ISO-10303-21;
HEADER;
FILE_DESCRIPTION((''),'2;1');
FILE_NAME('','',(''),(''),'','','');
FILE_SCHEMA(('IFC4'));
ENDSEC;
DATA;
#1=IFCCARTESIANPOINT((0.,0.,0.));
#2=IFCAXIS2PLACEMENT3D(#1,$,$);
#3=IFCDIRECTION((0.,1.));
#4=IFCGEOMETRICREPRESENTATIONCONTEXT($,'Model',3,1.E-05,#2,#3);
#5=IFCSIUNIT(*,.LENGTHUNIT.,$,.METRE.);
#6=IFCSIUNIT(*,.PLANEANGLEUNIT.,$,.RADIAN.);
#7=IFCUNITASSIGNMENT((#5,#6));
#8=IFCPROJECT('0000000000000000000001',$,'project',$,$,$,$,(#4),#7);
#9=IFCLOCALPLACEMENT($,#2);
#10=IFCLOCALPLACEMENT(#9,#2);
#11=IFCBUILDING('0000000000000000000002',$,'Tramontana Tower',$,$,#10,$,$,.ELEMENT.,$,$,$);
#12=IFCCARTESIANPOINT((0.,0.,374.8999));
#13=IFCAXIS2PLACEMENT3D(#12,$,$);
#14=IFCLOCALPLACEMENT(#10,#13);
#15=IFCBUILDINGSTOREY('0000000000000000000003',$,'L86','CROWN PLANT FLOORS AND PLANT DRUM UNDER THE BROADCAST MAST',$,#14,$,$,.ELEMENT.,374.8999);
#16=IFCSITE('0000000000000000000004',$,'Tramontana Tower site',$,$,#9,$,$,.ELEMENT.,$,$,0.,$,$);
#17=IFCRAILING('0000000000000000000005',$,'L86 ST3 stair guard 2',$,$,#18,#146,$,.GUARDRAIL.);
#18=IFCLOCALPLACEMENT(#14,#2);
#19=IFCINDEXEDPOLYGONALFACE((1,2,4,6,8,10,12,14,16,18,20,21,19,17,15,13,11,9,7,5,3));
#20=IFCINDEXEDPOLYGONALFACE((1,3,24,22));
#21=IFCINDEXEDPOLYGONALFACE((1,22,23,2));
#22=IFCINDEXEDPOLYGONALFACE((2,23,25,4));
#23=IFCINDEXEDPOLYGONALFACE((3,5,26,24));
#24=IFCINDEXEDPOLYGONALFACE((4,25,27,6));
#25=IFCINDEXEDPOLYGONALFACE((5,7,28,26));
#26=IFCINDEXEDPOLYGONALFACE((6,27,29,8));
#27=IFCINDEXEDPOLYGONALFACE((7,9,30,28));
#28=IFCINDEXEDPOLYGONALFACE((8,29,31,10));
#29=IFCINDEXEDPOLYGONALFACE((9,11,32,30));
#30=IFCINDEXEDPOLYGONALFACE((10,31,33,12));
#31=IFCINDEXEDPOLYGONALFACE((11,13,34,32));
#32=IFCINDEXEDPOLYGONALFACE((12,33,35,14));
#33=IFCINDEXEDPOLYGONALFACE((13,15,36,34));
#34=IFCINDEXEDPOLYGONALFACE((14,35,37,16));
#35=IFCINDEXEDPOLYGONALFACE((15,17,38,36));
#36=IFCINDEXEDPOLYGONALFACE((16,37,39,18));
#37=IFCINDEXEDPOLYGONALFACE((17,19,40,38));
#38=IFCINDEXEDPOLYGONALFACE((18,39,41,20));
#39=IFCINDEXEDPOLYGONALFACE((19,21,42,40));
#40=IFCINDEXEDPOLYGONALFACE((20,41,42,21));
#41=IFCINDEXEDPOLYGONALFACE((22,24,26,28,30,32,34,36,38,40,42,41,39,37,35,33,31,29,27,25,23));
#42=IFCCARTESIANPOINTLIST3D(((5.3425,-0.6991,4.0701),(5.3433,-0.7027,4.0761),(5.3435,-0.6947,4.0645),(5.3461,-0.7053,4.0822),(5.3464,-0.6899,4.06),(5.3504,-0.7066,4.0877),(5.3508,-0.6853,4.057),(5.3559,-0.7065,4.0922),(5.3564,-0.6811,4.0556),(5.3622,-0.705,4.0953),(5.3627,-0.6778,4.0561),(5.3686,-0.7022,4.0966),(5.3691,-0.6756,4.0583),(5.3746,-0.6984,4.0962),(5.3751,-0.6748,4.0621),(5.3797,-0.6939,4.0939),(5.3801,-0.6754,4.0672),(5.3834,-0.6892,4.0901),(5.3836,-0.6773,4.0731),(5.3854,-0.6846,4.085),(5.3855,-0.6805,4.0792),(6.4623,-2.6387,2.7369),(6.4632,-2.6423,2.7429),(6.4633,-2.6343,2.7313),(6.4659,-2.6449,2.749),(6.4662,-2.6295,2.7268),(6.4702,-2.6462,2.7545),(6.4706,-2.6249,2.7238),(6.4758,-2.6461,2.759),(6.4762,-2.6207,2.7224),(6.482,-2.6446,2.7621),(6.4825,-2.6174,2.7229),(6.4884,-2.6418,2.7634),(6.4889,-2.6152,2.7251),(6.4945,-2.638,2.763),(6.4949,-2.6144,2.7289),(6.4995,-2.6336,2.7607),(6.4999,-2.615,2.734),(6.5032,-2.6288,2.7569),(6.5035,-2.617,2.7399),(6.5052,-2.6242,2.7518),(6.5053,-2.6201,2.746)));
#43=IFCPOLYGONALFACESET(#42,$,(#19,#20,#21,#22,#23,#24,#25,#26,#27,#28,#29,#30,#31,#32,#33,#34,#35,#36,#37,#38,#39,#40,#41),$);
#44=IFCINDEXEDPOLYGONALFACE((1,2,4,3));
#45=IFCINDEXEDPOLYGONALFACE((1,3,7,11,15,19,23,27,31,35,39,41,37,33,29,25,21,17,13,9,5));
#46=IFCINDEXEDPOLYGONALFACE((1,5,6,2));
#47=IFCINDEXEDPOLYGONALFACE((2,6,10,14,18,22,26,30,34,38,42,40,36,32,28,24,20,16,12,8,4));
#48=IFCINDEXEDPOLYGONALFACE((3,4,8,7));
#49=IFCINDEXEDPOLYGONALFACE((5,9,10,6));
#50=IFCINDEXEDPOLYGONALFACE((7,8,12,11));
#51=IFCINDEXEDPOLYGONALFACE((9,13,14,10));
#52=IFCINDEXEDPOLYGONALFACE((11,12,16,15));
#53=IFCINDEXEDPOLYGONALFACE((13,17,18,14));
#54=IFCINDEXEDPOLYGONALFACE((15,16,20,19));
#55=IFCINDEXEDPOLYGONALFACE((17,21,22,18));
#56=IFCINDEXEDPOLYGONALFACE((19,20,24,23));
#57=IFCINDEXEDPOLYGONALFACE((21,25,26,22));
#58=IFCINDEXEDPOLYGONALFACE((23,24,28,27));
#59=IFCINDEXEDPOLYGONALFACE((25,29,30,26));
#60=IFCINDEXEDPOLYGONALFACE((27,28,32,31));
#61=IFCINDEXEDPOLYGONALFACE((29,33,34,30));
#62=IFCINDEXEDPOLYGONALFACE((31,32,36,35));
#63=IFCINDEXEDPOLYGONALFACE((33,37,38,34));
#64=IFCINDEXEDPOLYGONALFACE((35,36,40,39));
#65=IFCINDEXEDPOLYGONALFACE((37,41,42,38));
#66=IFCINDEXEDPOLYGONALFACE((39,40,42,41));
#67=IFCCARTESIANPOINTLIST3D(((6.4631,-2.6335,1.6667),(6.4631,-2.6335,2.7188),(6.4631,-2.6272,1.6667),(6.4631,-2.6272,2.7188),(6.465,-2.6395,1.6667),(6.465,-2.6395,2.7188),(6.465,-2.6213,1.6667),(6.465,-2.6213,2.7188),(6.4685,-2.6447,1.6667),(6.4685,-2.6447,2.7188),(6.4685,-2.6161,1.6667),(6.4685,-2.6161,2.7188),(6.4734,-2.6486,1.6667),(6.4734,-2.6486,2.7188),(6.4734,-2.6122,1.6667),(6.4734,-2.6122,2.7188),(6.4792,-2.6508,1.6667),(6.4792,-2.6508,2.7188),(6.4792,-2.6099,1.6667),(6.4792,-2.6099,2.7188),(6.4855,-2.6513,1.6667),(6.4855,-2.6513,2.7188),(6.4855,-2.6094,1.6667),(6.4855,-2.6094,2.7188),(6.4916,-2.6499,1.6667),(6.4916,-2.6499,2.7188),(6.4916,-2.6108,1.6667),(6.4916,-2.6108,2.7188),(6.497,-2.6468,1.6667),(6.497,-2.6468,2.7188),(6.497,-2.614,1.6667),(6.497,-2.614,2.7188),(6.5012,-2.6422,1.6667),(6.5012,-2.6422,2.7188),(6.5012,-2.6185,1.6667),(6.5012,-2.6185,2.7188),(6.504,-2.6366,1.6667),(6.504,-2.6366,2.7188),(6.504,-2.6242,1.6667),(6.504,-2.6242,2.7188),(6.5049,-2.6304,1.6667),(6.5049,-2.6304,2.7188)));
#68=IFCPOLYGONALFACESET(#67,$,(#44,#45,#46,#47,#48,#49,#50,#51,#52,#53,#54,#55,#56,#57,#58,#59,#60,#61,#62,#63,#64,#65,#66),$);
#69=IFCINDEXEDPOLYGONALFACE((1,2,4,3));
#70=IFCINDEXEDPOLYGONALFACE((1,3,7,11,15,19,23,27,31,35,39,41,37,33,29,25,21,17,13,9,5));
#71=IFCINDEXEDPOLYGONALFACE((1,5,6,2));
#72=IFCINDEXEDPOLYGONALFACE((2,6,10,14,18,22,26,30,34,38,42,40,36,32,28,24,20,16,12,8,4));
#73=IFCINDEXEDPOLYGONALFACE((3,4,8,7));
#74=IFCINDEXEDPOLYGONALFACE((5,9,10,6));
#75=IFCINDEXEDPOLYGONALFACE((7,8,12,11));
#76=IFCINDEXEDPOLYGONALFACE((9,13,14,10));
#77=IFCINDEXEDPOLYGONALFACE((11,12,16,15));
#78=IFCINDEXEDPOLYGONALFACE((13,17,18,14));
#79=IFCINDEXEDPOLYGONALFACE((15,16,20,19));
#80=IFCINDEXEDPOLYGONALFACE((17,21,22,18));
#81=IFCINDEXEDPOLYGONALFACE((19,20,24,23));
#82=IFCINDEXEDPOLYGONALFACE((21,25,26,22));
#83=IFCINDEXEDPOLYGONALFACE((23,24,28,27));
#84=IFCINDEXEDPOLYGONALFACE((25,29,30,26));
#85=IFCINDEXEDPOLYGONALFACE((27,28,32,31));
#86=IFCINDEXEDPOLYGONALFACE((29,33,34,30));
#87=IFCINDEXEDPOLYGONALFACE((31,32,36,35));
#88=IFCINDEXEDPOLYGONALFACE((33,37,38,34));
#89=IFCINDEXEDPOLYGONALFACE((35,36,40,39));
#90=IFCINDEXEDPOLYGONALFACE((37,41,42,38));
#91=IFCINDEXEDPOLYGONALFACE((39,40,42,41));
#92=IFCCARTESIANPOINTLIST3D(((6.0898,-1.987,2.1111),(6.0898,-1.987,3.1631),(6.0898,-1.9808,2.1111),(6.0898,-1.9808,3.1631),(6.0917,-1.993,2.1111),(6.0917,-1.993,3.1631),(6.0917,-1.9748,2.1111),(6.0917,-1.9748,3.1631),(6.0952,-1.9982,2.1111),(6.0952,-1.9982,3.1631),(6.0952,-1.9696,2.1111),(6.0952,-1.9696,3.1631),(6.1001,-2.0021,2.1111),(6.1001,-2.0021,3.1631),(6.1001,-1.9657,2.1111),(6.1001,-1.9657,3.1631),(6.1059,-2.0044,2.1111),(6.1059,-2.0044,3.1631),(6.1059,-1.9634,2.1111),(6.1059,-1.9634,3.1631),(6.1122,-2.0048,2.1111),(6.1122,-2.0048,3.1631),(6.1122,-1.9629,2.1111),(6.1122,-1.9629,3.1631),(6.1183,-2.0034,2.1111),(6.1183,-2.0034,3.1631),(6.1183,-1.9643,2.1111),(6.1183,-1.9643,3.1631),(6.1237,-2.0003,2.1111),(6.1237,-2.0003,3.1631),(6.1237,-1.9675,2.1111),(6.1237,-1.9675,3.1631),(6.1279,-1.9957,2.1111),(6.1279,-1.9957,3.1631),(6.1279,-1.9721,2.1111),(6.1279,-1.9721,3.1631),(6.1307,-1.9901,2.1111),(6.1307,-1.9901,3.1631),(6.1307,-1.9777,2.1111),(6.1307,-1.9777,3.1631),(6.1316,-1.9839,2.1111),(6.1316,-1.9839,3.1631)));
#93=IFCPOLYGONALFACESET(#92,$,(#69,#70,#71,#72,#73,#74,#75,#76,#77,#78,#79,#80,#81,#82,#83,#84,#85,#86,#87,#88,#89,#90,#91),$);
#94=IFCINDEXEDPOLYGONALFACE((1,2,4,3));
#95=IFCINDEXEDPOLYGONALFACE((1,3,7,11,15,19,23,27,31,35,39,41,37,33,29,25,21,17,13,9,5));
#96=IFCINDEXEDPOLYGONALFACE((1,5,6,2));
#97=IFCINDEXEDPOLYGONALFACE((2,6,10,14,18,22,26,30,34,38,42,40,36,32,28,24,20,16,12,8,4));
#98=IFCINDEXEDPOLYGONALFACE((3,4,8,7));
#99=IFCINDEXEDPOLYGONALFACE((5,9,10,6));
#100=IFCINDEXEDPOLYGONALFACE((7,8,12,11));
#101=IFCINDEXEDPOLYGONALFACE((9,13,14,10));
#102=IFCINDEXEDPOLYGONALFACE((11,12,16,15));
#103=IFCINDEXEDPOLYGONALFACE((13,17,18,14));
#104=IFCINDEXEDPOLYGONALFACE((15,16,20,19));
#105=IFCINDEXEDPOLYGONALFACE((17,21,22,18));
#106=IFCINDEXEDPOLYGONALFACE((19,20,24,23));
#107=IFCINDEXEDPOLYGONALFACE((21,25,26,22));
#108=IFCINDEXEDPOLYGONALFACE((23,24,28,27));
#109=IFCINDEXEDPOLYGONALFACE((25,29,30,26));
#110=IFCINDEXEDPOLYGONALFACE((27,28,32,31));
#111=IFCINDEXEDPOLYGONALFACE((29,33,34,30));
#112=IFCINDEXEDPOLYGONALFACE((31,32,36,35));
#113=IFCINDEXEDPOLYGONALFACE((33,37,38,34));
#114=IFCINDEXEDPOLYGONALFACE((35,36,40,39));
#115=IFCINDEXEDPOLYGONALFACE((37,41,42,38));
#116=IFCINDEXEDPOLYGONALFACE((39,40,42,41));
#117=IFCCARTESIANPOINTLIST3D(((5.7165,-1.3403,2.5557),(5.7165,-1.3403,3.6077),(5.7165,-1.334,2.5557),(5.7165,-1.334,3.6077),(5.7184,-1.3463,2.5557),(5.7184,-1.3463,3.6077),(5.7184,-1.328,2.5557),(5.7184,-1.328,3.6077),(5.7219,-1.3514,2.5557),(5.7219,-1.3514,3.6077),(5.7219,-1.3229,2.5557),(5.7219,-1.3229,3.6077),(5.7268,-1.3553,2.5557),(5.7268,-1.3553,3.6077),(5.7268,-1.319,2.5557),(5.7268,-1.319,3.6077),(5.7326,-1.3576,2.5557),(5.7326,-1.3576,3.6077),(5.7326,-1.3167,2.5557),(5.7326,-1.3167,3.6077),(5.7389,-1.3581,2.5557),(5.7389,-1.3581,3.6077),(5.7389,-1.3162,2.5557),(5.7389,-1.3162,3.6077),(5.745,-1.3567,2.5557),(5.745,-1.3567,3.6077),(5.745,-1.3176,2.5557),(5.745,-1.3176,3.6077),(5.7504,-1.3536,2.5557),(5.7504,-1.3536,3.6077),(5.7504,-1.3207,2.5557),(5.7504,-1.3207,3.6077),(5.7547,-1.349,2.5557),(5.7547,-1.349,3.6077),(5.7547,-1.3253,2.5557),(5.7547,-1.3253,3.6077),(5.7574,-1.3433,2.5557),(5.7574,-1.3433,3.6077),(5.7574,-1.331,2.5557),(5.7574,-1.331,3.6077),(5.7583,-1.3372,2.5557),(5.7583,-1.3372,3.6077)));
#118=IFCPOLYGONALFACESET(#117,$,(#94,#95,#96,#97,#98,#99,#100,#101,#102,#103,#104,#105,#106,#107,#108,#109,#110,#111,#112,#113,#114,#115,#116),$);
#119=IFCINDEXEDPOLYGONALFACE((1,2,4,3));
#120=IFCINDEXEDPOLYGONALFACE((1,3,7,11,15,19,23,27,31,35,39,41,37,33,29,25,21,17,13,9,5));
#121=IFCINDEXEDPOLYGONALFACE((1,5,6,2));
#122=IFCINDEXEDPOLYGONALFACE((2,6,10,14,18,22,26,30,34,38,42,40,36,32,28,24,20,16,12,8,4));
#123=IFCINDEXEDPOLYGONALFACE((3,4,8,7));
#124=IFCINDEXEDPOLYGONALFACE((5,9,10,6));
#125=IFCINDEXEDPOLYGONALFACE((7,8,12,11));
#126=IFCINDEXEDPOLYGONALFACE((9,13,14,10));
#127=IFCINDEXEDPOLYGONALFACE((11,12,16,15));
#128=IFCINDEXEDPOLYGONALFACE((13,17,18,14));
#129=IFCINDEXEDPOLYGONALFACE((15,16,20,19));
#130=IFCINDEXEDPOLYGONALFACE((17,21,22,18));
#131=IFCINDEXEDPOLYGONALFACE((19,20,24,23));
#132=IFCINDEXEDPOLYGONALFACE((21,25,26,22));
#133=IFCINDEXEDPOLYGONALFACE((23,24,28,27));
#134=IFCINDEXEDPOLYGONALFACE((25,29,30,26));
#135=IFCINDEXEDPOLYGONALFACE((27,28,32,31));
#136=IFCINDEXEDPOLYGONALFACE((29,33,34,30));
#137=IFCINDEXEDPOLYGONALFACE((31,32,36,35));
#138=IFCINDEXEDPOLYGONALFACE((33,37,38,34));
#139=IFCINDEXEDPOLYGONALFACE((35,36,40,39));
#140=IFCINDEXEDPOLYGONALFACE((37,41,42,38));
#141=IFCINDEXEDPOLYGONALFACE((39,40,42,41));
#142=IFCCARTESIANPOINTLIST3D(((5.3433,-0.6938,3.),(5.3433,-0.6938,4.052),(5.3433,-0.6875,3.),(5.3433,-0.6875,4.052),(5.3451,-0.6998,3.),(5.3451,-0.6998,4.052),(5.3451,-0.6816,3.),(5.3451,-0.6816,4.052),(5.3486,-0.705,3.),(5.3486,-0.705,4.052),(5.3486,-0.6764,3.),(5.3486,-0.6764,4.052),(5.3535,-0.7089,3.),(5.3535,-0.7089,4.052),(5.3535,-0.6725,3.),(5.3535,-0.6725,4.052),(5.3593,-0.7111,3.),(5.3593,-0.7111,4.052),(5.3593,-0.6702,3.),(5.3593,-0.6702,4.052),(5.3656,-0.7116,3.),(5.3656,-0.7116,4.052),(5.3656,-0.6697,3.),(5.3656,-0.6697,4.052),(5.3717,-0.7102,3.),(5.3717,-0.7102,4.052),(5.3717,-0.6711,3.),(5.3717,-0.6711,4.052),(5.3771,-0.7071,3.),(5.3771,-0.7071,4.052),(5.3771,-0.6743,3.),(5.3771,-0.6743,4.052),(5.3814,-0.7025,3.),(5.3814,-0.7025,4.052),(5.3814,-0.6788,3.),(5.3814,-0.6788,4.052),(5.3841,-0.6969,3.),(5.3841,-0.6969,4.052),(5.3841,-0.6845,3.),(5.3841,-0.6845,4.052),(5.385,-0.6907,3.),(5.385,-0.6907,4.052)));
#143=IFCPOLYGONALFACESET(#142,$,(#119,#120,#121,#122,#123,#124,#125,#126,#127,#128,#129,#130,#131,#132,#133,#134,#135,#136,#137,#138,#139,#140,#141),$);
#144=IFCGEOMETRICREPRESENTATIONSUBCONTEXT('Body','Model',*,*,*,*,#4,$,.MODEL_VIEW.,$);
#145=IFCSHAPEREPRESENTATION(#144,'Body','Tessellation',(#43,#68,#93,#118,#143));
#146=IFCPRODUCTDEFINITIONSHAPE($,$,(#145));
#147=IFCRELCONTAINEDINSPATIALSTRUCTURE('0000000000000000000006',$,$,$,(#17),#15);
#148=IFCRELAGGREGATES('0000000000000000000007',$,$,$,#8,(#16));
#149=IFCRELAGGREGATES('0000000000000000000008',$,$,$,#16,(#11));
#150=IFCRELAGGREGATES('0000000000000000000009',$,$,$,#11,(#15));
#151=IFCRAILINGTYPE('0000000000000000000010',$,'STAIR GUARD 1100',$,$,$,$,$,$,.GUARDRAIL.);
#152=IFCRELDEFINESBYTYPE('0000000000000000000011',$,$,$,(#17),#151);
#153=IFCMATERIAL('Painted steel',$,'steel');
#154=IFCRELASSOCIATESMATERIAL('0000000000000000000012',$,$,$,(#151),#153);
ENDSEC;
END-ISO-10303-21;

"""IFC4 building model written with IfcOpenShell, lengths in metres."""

from ifc_helpers import new_model, si_unit, direction, frame, origin, origin_2d, place, context, subcontext, project, spatial, circle, extrude, material, type_object, element, save


model = new_model("IFC4")

# Units and contexts
model_context = context("Model", 3, precision=1e-05, world=origin(), true_north=direction((0.0, 1.0)))
body_context = subcontext(model_context, "Body", "Model", "MODEL_VIEW")
ifc_project = project(units=[si_unit("LENGTHUNIT", "METRE"), si_unit("PLANEANGLEUNIT", "RADIAN")], contexts=[model_context])

# Site, building, storey
site_placement = place(None, origin())
site = spatial("IfcSite", under=ifc_project, at=site_placement, Name="Tramontana Tower site", CompositionType="ELEMENT", RefElevation=0.0)
building_placement = place(site_placement, origin())
building = spatial("IfcBuilding", under=site, at=building_placement, Name="Tramontana Tower", CompositionType="ELEMENT")
storey_placement = place(building_placement, frame((0.0, 0.0, 374.8999)))
storey = spatial("IfcBuildingStorey", under=building, at=storey_placement, Name="L86", Description="CROWN PLANT FLOORS AND PLANT DRUM UNDER THE BROADCAST MAST", CompositionType="ELEMENT", Elevation=374.8999)

# Railing
ifc_material_1 = material(Name="Painted steel", Category="steel")
railing_type_1 = type_object("IfcRailingType", Name="STAIR GUARD 1100", PredefinedType="GUARDRAIL", material=ifc_material_1)
railing_1_placement = place(storey_placement, frame((6.4839, -2.6304, 1.6667)))
element("IfcRailing", 1, at=railing_1_placement, inside=storey, type_object=railing_type_1, Name="L86 ST3 stair guard 2", PredefinedType="GUARDRAIL", context=body_context, shape_type="SweptSolid", body=[
    extrude(circle(Radius=0.0239, at=origin_2d()), frame((0.0, 0.0, 1.0762), z_axis=(-0.429638, 0.744163, 0.511501), x_axis=(-0.866028, -0.499996, 0.0)), (0.0, 0.0, 1.0), 2.6064),
    extrude(circle(Radius=0.021, at=origin_2d()), origin(), (0.0, 0.0, 1.0), 1.052),
    extrude(circle(Radius=0.021, at=origin_2d()), frame((-0.3733, 0.6465, 0.4443)), (0.0, 0.0, 1.0), 1.052),
    extrude(circle(Radius=0.021, at=origin_2d()), frame((-0.7466, 1.2932, 0.8889)), (0.0, 0.0, 1.0), 1.052),
    extrude(circle(Radius=0.021, at=origin_2d()), frame((-1.1199, 1.9397, 1.3333)), (0.0, 0.0, 1.0), 1.052),
])

save(model, "model.ifc")
